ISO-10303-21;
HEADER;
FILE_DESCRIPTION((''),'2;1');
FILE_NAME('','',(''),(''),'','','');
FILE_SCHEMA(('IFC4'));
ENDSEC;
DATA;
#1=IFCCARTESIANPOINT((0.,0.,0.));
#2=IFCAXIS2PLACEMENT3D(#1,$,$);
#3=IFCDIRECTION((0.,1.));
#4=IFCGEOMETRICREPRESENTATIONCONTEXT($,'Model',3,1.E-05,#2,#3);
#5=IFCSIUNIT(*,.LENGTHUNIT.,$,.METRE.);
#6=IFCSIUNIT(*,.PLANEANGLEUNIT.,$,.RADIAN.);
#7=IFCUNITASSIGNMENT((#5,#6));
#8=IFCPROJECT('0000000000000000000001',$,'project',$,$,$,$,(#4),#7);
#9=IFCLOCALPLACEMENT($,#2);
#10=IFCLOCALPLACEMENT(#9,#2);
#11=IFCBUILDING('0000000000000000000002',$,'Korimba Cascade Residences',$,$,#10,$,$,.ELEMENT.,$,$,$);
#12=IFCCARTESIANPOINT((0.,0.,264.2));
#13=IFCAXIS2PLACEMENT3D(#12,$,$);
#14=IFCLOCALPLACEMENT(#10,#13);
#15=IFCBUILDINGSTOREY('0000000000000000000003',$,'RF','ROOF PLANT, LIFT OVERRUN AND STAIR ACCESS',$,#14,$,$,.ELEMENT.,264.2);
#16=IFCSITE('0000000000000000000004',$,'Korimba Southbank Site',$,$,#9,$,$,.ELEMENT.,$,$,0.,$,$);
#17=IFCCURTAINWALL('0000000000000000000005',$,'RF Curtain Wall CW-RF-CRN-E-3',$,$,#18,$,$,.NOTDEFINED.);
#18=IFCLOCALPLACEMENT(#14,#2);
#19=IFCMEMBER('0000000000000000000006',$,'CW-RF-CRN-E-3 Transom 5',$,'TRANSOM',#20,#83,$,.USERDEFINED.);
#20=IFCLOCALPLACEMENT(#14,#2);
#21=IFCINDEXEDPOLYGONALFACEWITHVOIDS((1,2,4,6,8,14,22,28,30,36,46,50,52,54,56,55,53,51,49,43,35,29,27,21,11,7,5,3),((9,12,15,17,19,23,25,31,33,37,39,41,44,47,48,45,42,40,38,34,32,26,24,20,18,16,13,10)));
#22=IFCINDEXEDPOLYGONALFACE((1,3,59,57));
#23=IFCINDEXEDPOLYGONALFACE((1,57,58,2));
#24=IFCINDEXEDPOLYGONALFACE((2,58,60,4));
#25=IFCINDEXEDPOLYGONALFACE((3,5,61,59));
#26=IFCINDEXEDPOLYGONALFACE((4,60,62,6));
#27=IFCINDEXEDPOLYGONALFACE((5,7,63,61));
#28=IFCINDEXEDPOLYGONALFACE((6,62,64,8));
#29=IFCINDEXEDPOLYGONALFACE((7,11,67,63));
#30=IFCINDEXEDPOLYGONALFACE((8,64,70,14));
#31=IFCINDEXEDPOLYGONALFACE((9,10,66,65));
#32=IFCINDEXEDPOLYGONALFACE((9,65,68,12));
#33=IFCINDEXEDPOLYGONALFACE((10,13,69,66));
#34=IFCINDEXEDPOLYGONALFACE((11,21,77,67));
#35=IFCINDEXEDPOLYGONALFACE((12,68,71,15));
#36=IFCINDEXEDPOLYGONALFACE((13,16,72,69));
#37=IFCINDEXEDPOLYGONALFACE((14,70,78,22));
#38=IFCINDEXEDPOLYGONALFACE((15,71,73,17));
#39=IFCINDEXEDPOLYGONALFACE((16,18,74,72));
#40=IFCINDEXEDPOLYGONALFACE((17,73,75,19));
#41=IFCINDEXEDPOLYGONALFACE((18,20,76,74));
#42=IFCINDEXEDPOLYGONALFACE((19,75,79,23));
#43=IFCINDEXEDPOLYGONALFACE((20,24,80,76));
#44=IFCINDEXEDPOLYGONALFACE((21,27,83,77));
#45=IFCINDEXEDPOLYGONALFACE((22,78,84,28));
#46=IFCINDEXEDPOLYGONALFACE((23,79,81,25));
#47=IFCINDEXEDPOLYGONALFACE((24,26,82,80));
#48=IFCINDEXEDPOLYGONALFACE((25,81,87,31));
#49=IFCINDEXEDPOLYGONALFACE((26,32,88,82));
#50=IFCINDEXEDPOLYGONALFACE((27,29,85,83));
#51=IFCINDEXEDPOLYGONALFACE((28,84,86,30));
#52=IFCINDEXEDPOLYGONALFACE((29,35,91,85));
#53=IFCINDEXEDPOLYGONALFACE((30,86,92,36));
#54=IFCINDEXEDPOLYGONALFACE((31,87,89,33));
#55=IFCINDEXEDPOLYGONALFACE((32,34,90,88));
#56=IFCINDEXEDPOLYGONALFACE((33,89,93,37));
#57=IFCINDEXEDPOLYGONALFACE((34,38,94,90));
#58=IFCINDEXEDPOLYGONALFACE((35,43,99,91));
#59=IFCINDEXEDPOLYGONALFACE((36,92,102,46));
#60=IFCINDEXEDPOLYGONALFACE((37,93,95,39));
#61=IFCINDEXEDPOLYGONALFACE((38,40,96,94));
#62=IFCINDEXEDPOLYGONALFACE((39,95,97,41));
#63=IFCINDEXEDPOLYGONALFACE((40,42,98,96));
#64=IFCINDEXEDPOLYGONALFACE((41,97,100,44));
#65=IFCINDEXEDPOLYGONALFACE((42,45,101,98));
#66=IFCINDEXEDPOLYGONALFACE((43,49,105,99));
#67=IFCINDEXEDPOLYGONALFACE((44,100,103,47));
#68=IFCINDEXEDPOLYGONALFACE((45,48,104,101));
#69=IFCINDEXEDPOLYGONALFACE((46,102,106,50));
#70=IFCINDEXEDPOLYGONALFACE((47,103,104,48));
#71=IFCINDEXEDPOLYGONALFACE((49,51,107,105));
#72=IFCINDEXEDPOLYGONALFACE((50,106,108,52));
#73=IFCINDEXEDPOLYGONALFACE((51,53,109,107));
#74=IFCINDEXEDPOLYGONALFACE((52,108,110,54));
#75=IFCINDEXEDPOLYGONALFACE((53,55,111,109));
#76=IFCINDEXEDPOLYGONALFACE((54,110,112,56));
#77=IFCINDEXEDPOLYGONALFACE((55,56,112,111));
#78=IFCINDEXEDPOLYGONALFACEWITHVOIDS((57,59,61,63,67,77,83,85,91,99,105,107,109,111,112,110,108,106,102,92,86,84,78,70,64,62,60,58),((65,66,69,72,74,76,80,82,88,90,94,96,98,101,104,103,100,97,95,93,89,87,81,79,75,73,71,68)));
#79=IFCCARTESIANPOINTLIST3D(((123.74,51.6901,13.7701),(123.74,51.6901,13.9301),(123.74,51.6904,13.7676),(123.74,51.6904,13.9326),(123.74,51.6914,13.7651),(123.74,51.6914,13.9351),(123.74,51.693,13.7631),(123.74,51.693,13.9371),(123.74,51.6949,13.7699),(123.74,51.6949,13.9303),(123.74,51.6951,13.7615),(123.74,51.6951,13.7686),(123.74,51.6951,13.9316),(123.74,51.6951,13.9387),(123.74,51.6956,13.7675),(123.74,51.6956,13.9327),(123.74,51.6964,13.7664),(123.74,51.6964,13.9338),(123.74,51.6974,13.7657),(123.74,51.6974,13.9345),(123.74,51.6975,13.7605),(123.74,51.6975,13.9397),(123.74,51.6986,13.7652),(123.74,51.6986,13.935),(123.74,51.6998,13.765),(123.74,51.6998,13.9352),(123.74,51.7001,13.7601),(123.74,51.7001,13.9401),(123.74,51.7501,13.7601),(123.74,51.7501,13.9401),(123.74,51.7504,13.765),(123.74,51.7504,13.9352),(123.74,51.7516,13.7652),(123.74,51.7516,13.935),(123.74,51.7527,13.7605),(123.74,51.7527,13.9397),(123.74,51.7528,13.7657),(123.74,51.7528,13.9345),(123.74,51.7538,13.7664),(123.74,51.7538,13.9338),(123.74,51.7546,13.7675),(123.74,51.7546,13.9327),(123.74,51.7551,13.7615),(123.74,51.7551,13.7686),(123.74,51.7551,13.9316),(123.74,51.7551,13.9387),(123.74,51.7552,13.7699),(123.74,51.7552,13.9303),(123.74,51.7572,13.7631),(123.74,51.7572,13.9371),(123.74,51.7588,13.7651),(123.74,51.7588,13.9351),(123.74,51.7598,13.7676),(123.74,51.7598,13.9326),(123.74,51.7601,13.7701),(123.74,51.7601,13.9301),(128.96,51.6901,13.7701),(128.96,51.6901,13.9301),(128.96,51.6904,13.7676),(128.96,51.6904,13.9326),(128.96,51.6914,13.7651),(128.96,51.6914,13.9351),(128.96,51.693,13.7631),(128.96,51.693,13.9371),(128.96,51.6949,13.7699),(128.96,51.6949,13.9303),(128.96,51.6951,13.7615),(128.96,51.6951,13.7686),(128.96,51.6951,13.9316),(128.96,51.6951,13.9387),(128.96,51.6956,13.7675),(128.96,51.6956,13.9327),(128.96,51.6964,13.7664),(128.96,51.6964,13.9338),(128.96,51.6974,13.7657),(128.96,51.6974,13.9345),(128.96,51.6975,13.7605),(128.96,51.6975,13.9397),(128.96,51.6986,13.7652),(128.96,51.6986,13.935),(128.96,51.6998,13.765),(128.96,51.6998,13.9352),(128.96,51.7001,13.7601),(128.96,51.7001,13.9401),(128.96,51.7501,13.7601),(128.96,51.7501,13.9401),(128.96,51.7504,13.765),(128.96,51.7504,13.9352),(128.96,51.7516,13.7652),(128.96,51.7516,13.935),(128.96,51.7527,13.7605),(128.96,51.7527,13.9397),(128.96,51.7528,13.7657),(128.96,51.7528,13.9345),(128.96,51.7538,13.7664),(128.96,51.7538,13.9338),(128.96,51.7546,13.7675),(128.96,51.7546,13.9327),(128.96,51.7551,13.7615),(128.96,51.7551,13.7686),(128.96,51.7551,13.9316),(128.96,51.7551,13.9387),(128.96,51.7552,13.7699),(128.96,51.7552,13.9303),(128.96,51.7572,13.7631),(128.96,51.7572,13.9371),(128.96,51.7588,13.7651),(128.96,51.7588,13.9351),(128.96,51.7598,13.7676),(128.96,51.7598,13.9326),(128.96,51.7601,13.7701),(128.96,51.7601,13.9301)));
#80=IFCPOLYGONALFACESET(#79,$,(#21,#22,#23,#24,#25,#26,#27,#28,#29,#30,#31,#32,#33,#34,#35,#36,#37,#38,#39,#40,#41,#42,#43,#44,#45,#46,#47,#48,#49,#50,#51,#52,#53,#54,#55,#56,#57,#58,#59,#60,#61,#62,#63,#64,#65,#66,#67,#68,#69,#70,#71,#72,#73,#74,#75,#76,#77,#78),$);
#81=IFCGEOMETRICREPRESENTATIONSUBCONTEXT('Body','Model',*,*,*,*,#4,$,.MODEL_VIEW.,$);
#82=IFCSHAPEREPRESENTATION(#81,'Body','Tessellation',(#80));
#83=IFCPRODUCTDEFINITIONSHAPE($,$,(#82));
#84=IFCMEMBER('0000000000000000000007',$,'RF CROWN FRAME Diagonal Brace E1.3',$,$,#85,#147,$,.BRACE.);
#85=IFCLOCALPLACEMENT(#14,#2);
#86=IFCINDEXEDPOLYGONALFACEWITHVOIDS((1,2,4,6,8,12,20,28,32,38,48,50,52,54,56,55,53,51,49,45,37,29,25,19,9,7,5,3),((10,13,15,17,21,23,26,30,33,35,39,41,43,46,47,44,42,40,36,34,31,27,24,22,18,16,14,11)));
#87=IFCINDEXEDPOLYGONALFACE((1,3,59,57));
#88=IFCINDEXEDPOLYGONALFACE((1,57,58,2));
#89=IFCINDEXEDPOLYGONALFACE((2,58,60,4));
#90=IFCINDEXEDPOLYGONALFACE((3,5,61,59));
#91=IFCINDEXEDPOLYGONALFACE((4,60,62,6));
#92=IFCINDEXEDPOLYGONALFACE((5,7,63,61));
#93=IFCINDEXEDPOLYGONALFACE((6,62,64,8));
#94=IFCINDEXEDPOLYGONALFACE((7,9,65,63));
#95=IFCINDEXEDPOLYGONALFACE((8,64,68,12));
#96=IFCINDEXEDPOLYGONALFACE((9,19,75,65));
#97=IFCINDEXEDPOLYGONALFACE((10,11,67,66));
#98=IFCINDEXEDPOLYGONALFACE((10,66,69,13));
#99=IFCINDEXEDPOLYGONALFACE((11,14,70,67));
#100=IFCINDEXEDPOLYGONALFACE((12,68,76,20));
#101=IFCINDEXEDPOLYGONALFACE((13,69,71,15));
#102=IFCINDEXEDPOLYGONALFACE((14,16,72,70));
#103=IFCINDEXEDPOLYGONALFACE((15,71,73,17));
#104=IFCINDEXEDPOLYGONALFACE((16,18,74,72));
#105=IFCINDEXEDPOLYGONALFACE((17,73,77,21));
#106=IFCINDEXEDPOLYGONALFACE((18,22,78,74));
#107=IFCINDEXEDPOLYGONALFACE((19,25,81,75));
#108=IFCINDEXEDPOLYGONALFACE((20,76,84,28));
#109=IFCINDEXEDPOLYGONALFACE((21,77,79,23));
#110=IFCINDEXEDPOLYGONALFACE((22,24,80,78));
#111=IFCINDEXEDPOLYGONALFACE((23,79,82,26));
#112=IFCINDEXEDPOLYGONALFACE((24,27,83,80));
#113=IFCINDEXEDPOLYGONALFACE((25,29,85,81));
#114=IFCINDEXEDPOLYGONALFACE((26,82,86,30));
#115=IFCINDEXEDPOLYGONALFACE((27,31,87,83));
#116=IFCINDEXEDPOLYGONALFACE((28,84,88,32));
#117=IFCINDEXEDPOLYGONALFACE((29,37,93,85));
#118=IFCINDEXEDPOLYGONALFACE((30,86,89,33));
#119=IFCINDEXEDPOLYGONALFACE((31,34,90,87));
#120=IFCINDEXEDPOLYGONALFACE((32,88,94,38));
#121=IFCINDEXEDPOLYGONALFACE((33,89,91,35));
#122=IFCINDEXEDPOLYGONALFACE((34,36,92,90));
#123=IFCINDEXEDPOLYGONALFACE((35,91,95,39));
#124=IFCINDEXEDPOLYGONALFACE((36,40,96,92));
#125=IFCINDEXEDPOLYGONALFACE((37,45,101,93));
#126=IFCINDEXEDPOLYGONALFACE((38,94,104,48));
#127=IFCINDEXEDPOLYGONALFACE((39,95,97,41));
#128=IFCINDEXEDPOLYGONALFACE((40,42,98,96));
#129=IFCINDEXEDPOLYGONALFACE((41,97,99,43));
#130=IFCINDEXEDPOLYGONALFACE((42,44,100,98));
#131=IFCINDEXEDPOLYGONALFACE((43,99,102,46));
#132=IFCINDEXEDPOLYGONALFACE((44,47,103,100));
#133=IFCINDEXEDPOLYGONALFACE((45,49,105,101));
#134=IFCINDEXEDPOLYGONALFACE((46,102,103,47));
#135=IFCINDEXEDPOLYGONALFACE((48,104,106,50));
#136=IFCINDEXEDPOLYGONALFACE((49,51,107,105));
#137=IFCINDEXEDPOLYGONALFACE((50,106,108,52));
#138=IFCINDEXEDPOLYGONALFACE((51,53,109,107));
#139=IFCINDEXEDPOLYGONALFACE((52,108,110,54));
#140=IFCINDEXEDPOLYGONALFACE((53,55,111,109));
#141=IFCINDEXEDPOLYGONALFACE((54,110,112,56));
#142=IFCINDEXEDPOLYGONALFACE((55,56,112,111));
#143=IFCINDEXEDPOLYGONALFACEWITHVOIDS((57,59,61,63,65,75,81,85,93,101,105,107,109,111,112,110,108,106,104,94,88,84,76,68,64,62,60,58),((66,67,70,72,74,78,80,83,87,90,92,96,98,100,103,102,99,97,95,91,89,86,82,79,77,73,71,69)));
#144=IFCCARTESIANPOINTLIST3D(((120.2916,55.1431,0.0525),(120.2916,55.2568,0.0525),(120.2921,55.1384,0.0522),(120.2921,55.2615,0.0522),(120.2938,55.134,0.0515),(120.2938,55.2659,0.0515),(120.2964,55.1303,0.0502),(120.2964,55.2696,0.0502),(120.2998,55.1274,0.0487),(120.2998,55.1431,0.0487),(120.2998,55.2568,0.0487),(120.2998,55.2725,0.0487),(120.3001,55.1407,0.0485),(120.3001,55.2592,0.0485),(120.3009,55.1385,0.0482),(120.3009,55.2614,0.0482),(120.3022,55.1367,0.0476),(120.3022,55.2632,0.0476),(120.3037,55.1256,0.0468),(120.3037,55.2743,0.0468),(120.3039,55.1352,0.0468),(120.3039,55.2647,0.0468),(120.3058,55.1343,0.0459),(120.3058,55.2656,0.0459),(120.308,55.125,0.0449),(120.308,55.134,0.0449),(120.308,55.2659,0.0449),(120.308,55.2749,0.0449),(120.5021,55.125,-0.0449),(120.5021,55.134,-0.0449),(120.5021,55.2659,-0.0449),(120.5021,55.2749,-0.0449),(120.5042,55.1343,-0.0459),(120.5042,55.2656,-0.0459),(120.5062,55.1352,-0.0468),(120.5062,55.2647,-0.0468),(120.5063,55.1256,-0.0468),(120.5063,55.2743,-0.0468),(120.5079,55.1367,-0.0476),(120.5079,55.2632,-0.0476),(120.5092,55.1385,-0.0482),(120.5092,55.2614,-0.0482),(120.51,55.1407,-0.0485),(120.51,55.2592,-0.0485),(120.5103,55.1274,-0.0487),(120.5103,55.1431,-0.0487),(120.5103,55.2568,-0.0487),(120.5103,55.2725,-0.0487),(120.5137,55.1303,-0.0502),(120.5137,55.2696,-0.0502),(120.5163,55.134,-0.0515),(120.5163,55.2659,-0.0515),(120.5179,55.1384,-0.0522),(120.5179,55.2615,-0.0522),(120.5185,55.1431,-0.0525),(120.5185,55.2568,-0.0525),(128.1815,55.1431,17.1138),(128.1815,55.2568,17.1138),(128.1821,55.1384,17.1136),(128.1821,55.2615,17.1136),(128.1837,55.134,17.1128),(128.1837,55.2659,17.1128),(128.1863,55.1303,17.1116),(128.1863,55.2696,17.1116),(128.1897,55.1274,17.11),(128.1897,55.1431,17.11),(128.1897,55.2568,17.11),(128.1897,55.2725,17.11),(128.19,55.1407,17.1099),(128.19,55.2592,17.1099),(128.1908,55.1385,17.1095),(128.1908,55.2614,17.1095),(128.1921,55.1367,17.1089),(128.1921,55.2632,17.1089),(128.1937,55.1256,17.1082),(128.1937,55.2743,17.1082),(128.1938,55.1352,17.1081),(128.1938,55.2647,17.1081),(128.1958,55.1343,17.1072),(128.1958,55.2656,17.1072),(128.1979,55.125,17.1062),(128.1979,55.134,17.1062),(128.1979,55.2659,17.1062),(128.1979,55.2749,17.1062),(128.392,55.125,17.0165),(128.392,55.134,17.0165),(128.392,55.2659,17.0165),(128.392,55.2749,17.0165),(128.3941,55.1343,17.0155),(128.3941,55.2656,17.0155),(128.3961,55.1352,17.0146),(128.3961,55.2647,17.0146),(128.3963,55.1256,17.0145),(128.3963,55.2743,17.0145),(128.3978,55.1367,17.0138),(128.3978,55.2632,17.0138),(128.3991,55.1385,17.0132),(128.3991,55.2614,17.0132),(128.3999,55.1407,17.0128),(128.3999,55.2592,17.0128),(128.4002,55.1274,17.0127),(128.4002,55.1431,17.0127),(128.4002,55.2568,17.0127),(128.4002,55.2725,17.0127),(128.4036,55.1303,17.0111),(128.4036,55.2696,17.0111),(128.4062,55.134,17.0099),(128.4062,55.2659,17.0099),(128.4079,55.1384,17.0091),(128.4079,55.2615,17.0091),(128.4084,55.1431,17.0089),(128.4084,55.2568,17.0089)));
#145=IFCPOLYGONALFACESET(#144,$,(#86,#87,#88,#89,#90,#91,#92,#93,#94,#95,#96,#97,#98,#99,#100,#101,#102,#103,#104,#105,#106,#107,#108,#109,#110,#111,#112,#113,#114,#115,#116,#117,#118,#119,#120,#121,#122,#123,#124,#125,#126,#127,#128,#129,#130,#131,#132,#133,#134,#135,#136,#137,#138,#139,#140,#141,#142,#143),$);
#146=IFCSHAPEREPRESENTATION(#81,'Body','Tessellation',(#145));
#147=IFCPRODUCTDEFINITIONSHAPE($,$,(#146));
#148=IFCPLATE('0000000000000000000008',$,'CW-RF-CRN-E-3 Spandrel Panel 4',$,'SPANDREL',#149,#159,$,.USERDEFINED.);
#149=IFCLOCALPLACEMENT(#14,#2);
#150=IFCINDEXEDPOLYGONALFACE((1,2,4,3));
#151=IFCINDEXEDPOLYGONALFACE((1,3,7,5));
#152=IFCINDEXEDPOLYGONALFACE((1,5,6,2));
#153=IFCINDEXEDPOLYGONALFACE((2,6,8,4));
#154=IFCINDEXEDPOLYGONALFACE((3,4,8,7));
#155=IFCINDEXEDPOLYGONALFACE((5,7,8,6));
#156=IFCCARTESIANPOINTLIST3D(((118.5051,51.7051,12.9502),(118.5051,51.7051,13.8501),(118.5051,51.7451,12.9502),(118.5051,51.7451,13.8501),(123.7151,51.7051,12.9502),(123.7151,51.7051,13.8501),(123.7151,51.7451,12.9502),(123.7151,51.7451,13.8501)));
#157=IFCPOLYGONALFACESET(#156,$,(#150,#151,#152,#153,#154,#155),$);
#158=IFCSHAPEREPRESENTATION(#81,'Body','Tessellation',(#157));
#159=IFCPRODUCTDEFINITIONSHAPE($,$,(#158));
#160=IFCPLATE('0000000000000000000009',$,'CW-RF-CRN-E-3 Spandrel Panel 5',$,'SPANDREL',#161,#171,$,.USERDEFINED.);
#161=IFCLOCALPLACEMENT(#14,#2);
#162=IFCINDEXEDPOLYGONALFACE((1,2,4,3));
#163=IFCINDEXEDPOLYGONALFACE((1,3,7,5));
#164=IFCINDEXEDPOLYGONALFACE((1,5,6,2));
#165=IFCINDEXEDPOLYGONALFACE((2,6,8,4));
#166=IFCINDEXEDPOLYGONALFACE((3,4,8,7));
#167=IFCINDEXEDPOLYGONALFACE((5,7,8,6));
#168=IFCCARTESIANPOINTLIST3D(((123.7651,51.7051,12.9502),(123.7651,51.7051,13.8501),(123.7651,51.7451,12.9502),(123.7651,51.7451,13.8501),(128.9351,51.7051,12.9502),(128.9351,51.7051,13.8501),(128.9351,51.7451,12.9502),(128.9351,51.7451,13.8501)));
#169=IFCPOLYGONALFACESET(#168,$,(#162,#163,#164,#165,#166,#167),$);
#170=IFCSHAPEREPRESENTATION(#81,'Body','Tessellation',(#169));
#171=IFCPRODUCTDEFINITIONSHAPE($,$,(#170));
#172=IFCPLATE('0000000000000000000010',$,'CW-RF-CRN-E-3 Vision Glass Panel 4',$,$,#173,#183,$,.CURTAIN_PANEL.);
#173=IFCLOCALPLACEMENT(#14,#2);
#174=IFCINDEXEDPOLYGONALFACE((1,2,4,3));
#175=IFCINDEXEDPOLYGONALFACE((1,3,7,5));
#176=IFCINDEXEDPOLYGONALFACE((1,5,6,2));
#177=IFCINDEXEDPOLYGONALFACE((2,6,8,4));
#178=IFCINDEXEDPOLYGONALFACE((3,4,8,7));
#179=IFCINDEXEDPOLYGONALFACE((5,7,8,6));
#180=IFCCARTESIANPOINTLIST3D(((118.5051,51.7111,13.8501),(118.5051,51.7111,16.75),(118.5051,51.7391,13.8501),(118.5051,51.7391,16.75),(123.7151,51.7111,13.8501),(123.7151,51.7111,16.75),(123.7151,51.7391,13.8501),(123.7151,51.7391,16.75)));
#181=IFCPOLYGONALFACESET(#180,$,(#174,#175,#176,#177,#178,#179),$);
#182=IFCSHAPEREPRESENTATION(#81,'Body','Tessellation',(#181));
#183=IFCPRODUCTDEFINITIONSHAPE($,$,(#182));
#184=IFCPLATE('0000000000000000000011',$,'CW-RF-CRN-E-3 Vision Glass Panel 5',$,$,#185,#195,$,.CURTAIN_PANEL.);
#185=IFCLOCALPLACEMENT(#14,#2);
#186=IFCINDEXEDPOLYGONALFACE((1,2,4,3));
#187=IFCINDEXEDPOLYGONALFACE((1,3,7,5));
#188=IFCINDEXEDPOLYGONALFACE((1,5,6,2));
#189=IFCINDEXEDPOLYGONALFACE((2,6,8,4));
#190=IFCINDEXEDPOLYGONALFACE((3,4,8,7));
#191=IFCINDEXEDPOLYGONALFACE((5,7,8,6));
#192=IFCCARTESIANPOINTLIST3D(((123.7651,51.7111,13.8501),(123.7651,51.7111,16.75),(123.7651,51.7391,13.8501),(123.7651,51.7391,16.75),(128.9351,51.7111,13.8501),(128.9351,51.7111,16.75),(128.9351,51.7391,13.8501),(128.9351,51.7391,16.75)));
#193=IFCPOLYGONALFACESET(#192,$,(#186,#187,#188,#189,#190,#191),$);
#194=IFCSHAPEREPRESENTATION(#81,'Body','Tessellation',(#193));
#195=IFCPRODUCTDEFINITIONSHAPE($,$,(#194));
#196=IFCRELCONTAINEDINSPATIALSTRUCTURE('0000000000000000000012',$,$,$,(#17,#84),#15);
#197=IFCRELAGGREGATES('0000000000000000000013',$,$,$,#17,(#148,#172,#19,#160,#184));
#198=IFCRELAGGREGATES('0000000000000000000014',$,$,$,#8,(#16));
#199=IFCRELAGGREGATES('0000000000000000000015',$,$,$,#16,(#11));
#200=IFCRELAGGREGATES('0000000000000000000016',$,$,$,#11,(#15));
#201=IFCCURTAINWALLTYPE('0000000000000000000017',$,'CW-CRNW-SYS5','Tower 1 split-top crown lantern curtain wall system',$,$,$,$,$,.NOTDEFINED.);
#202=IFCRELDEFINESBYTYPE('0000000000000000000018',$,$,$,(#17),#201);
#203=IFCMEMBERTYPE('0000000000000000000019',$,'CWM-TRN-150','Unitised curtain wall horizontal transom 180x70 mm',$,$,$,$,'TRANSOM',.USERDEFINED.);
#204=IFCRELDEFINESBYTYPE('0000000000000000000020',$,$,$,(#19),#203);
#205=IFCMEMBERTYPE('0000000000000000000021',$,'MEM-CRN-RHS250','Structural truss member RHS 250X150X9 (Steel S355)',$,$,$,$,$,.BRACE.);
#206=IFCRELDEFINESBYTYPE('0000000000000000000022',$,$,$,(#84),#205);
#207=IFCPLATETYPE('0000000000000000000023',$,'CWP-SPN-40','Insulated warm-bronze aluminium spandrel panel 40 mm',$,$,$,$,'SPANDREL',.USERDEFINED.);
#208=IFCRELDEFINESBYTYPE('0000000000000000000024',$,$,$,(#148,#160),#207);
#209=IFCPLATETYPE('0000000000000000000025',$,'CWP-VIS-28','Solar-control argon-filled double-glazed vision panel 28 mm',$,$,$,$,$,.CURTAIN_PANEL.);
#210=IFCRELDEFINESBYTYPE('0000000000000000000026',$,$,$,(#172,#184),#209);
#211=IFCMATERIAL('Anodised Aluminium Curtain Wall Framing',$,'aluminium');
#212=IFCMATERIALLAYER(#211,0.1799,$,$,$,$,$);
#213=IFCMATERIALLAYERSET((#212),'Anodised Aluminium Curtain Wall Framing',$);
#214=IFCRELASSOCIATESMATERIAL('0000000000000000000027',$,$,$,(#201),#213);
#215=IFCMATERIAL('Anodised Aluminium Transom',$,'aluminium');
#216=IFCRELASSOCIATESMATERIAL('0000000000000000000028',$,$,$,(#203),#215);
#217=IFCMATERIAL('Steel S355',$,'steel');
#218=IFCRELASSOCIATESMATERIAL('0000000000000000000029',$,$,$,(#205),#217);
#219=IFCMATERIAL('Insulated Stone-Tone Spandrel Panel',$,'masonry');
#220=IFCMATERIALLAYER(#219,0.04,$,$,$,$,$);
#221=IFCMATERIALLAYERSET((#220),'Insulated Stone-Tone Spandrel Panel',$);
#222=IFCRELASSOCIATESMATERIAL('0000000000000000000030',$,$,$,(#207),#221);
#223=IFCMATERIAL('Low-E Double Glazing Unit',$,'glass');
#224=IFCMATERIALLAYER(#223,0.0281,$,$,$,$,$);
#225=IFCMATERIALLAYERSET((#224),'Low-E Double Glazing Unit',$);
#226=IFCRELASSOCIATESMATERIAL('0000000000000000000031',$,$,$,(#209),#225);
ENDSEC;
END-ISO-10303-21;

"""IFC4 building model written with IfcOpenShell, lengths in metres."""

from ifc_helpers import new_model, si_unit, direction, frame, origin, origin_2d, place, context, subcontext, project, spatial, rectangle, hollow_rectangle, extrude, material, layer, layer_set, material_profile, profile_set, type_object, element, aggregate, save


model = new_model("IFC4")

# Units and contexts
model_context = context("Model", 3, precision=1e-05, world=origin(), true_north=direction((0.0, 1.0)))
body_context = subcontext(model_context, "Body", "Model", "MODEL_VIEW")
ifc_project = project(units=[si_unit("LENGTHUNIT", "METRE"), si_unit("PLANEANGLEUNIT", "RADIAN")], contexts=[model_context])

# Site, building, storey
site_placement = place(None, origin())
site = spatial("IfcSite", under=ifc_project, at=site_placement, Name="Korimba Southbank Site", CompositionType="ELEMENT", RefElevation=0.0)
building_placement = place(site_placement, origin())
building = spatial("IfcBuilding", under=site, at=building_placement, Name="Korimba Cascade Residences", CompositionType="ELEMENT")
storey_placement = place(building_placement, frame((0.0, 0.0, 264.2)))
storey = spatial("IfcBuildingStorey", under=building, at=storey_placement, Name="RF", Description="ROOF PLANT, LIFT OVERRUN AND STAIR ACCESS", CompositionType="ELEMENT", Elevation=264.2)

# Shared definitions
ifc_material_1 = material(Name="Steel S355", Category="steel")

# Curtain wall, member
ifc_material_2 = material(Name="Anodised Aluminium Curtain Wall Framing", Category="aluminium")
ifc_layer_1 = layer(ifc_material_2, 0.1799)
ifc_layer_set_1 = layer_set([ifc_layer_1], Name="Anodised Aluminium Curtain Wall Framing")
curtain_wall_type = type_object("IfcCurtainWallType", Name="CW-CRNW-SYS5", Description="Tower 1 split-top crown lantern curtain wall system", PredefinedType="NOTDEFINED", material=ifc_layer_set_1)
curtain_wall_placement = place(storey_placement, origin())
curtain_wall = element("IfcCurtainWall", 1, at=curtain_wall_placement, inside=storey, type_object=curtain_wall_type, Name="RF Curtain Wall CW-RF-CRN-E-3", PredefinedType="NOTDEFINED")
ifc_material_3 = material(Name="Anodised Aluminium Transom", Category="aluminium")
ifc_material_profile_1 = material_profile(ifc_material_3, hollow_rectangle(XDim=0.0701, YDim=0.1799, WallThickness=0.0049, InnerFilletRadius=0.0049, OuterFilletRadius=0.01, at=origin_2d()), Name="Anodised Aluminium Transom")
ifc_profile_set_1 = profile_set([ifc_material_profile_1], Name="Anodised Aluminium Transom")
member_type_1 = type_object("IfcMemberType", Name="CWM-TRN-150", Description="Unitised curtain wall horizontal transom 180x70 mm", ElementType="TRANSOM", PredefinedType="USERDEFINED", material=ifc_profile_set_1)
member_1_placement = place(storey_placement, frame((123.74, 51.7251, 13.8501), z_axis=(1.0, 0.0, 0.0), x_axis=(0.0, 1.0, 0.0)))
member_1 = element("IfcMember", 2, at=member_1_placement, type_object=member_type_1, Name="CW-RF-CRN-E-3 Transom 5", ObjectType="TRANSOM", PredefinedType="USERDEFINED", context=body_context, shape_type="SweptSolid", body=[
    extrude(hollow_rectangle(XDim=0.0701, YDim=0.1799, WallThickness=0.0049, InnerFilletRadius=0.0049, OuterFilletRadius=0.01, at=origin_2d()), origin(), (0.0, 0.0, 1.0), 5.22),
])

# Member
ifc_material_profile_2 = material_profile(ifc_material_1, hollow_rectangle(XDim=0.1499, YDim=0.25, WallThickness=0.009, InnerFilletRadius=0.009, OuterFilletRadius=0.0181, at=origin_2d()), Name="Steel S355")
ifc_profile_set_2 = profile_set([ifc_material_profile_2], Name="Steel S355")
member_type_2 = type_object("IfcMemberType", Name="MEM-CRN-RHS250", Description="Structural truss member RHS 250X150X9 (Steel S355)", PredefinedType="BRACE", material=ifc_profile_set_2)
member_2_placement = place(storey_placement, frame((120.405, 55.2, 0.0), z_axis=(0.419736, 0.0, 0.907646), x_axis=(0.0, 1.0, 0.0)))
element("IfcMember", 3, at=member_2_placement, inside=storey, type_object=member_type_2, Name="RF CROWN FRAME Diagonal Brace E1.3", PredefinedType="BRACE", context=body_context, shape_type="SweptSolid", body=[
    extrude(hollow_rectangle(XDim=0.1499, YDim=0.25, WallThickness=0.009, InnerFilletRadius=0.009, OuterFilletRadius=0.0181, at=origin_2d()), origin(), (0.0, 0.0, 1.0), 18.7974),
])

# Plates
ifc_material_4 = material(Name="Insulated Stone-Tone Spandrel Panel", Category="masonry")
ifc_layer_2 = layer(ifc_material_4, 0.04)
ifc_layer_set_2 = layer_set([ifc_layer_2], Name="Insulated Stone-Tone Spandrel Panel")
plate_type_1 = type_object("IfcPlateType", Name="CWP-SPN-40", Description="Insulated warm-bronze aluminium spandrel panel 40 mm", ElementType="SPANDREL", PredefinedType="USERDEFINED", material=ifc_layer_set_2)
plate_1_placement = place(storey_placement, frame((121.1101, 51.7251, 12.9502), z_axis=(0.0, 0.0, 1.0), x_axis=(1.0, 0.0, 0.0)))
plate_1 = element("IfcPlate", 4, at=plate_1_placement, type_object=plate_type_1, Name="CW-RF-CRN-E-3 Spandrel Panel 4", ObjectType="SPANDREL", PredefinedType="USERDEFINED", context=body_context, shape_type="SweptSolid", body=[
    extrude(rectangle(XDim=5.21, YDim=0.04, at=origin_2d()), origin(), (0.0, 0.0, 1.0), 0.8999),
])
plate_2_placement = place(storey_placement, frame((126.3501, 51.7251, 12.9502), z_axis=(0.0, 0.0, 1.0), x_axis=(1.0, 0.0, 0.0)))
plate_2 = element("IfcPlate", 5, at=plate_2_placement, type_object=plate_type_1, Name="CW-RF-CRN-E-3 Spandrel Panel 5", ObjectType="SPANDREL", PredefinedType="USERDEFINED", context=body_context, shape_type="SweptSolid", body=[
    extrude(rectangle(XDim=5.1699, YDim=0.04, at=origin_2d()), origin(), (0.0, 0.0, 1.0), 0.8999),
])
ifc_material_5 = material(Name="Low-E Double Glazing Unit", Category="glass")
ifc_layer_3 = layer(ifc_material_5, 0.0281)
ifc_layer_set_3 = layer_set([ifc_layer_3], Name="Low-E Double Glazing Unit")
plate_type_2 = type_object("IfcPlateType", Name="CWP-VIS-28", Description="Solar-control argon-filled double-glazed vision panel 28 mm", PredefinedType="CURTAIN_PANEL", material=ifc_layer_set_3)
plate_3_placement = place(storey_placement, frame((121.1101, 51.7251, 13.8501), z_axis=(0.0, 0.0, 1.0), x_axis=(1.0, 0.0, 0.0)))
plate_3 = element("IfcPlate", 6, at=plate_3_placement, type_object=plate_type_2, Name="CW-RF-CRN-E-3 Vision Glass Panel 4", PredefinedType="CURTAIN_PANEL", context=body_context, shape_type="SweptSolid", body=[
    extrude(rectangle(XDim=5.21, YDim=0.0281, at=origin_2d()), origin(), (0.0, 0.0, 1.0), 2.8999),
])
plate_4_placement = place(storey_placement, frame((126.3501, 51.7251, 13.8501), z_axis=(0.0, 0.0, 1.0), x_axis=(1.0, 0.0, 0.0)))
plate_4 = element("IfcPlate", 7, at=plate_4_placement, type_object=plate_type_2, Name="CW-RF-CRN-E-3 Vision Glass Panel 5", PredefinedType="CURTAIN_PANEL", context=body_context, shape_type="SweptSolid", body=[
    extrude(rectangle(XDim=5.1699, YDim=0.0281, at=origin_2d()), origin(), (0.0, 0.0, 1.0), 2.8999),
])
aggregate(curtain_wall, [plate_1, plate_3, member_1, plate_2, plate_4])

save(model, "model.ifc")
